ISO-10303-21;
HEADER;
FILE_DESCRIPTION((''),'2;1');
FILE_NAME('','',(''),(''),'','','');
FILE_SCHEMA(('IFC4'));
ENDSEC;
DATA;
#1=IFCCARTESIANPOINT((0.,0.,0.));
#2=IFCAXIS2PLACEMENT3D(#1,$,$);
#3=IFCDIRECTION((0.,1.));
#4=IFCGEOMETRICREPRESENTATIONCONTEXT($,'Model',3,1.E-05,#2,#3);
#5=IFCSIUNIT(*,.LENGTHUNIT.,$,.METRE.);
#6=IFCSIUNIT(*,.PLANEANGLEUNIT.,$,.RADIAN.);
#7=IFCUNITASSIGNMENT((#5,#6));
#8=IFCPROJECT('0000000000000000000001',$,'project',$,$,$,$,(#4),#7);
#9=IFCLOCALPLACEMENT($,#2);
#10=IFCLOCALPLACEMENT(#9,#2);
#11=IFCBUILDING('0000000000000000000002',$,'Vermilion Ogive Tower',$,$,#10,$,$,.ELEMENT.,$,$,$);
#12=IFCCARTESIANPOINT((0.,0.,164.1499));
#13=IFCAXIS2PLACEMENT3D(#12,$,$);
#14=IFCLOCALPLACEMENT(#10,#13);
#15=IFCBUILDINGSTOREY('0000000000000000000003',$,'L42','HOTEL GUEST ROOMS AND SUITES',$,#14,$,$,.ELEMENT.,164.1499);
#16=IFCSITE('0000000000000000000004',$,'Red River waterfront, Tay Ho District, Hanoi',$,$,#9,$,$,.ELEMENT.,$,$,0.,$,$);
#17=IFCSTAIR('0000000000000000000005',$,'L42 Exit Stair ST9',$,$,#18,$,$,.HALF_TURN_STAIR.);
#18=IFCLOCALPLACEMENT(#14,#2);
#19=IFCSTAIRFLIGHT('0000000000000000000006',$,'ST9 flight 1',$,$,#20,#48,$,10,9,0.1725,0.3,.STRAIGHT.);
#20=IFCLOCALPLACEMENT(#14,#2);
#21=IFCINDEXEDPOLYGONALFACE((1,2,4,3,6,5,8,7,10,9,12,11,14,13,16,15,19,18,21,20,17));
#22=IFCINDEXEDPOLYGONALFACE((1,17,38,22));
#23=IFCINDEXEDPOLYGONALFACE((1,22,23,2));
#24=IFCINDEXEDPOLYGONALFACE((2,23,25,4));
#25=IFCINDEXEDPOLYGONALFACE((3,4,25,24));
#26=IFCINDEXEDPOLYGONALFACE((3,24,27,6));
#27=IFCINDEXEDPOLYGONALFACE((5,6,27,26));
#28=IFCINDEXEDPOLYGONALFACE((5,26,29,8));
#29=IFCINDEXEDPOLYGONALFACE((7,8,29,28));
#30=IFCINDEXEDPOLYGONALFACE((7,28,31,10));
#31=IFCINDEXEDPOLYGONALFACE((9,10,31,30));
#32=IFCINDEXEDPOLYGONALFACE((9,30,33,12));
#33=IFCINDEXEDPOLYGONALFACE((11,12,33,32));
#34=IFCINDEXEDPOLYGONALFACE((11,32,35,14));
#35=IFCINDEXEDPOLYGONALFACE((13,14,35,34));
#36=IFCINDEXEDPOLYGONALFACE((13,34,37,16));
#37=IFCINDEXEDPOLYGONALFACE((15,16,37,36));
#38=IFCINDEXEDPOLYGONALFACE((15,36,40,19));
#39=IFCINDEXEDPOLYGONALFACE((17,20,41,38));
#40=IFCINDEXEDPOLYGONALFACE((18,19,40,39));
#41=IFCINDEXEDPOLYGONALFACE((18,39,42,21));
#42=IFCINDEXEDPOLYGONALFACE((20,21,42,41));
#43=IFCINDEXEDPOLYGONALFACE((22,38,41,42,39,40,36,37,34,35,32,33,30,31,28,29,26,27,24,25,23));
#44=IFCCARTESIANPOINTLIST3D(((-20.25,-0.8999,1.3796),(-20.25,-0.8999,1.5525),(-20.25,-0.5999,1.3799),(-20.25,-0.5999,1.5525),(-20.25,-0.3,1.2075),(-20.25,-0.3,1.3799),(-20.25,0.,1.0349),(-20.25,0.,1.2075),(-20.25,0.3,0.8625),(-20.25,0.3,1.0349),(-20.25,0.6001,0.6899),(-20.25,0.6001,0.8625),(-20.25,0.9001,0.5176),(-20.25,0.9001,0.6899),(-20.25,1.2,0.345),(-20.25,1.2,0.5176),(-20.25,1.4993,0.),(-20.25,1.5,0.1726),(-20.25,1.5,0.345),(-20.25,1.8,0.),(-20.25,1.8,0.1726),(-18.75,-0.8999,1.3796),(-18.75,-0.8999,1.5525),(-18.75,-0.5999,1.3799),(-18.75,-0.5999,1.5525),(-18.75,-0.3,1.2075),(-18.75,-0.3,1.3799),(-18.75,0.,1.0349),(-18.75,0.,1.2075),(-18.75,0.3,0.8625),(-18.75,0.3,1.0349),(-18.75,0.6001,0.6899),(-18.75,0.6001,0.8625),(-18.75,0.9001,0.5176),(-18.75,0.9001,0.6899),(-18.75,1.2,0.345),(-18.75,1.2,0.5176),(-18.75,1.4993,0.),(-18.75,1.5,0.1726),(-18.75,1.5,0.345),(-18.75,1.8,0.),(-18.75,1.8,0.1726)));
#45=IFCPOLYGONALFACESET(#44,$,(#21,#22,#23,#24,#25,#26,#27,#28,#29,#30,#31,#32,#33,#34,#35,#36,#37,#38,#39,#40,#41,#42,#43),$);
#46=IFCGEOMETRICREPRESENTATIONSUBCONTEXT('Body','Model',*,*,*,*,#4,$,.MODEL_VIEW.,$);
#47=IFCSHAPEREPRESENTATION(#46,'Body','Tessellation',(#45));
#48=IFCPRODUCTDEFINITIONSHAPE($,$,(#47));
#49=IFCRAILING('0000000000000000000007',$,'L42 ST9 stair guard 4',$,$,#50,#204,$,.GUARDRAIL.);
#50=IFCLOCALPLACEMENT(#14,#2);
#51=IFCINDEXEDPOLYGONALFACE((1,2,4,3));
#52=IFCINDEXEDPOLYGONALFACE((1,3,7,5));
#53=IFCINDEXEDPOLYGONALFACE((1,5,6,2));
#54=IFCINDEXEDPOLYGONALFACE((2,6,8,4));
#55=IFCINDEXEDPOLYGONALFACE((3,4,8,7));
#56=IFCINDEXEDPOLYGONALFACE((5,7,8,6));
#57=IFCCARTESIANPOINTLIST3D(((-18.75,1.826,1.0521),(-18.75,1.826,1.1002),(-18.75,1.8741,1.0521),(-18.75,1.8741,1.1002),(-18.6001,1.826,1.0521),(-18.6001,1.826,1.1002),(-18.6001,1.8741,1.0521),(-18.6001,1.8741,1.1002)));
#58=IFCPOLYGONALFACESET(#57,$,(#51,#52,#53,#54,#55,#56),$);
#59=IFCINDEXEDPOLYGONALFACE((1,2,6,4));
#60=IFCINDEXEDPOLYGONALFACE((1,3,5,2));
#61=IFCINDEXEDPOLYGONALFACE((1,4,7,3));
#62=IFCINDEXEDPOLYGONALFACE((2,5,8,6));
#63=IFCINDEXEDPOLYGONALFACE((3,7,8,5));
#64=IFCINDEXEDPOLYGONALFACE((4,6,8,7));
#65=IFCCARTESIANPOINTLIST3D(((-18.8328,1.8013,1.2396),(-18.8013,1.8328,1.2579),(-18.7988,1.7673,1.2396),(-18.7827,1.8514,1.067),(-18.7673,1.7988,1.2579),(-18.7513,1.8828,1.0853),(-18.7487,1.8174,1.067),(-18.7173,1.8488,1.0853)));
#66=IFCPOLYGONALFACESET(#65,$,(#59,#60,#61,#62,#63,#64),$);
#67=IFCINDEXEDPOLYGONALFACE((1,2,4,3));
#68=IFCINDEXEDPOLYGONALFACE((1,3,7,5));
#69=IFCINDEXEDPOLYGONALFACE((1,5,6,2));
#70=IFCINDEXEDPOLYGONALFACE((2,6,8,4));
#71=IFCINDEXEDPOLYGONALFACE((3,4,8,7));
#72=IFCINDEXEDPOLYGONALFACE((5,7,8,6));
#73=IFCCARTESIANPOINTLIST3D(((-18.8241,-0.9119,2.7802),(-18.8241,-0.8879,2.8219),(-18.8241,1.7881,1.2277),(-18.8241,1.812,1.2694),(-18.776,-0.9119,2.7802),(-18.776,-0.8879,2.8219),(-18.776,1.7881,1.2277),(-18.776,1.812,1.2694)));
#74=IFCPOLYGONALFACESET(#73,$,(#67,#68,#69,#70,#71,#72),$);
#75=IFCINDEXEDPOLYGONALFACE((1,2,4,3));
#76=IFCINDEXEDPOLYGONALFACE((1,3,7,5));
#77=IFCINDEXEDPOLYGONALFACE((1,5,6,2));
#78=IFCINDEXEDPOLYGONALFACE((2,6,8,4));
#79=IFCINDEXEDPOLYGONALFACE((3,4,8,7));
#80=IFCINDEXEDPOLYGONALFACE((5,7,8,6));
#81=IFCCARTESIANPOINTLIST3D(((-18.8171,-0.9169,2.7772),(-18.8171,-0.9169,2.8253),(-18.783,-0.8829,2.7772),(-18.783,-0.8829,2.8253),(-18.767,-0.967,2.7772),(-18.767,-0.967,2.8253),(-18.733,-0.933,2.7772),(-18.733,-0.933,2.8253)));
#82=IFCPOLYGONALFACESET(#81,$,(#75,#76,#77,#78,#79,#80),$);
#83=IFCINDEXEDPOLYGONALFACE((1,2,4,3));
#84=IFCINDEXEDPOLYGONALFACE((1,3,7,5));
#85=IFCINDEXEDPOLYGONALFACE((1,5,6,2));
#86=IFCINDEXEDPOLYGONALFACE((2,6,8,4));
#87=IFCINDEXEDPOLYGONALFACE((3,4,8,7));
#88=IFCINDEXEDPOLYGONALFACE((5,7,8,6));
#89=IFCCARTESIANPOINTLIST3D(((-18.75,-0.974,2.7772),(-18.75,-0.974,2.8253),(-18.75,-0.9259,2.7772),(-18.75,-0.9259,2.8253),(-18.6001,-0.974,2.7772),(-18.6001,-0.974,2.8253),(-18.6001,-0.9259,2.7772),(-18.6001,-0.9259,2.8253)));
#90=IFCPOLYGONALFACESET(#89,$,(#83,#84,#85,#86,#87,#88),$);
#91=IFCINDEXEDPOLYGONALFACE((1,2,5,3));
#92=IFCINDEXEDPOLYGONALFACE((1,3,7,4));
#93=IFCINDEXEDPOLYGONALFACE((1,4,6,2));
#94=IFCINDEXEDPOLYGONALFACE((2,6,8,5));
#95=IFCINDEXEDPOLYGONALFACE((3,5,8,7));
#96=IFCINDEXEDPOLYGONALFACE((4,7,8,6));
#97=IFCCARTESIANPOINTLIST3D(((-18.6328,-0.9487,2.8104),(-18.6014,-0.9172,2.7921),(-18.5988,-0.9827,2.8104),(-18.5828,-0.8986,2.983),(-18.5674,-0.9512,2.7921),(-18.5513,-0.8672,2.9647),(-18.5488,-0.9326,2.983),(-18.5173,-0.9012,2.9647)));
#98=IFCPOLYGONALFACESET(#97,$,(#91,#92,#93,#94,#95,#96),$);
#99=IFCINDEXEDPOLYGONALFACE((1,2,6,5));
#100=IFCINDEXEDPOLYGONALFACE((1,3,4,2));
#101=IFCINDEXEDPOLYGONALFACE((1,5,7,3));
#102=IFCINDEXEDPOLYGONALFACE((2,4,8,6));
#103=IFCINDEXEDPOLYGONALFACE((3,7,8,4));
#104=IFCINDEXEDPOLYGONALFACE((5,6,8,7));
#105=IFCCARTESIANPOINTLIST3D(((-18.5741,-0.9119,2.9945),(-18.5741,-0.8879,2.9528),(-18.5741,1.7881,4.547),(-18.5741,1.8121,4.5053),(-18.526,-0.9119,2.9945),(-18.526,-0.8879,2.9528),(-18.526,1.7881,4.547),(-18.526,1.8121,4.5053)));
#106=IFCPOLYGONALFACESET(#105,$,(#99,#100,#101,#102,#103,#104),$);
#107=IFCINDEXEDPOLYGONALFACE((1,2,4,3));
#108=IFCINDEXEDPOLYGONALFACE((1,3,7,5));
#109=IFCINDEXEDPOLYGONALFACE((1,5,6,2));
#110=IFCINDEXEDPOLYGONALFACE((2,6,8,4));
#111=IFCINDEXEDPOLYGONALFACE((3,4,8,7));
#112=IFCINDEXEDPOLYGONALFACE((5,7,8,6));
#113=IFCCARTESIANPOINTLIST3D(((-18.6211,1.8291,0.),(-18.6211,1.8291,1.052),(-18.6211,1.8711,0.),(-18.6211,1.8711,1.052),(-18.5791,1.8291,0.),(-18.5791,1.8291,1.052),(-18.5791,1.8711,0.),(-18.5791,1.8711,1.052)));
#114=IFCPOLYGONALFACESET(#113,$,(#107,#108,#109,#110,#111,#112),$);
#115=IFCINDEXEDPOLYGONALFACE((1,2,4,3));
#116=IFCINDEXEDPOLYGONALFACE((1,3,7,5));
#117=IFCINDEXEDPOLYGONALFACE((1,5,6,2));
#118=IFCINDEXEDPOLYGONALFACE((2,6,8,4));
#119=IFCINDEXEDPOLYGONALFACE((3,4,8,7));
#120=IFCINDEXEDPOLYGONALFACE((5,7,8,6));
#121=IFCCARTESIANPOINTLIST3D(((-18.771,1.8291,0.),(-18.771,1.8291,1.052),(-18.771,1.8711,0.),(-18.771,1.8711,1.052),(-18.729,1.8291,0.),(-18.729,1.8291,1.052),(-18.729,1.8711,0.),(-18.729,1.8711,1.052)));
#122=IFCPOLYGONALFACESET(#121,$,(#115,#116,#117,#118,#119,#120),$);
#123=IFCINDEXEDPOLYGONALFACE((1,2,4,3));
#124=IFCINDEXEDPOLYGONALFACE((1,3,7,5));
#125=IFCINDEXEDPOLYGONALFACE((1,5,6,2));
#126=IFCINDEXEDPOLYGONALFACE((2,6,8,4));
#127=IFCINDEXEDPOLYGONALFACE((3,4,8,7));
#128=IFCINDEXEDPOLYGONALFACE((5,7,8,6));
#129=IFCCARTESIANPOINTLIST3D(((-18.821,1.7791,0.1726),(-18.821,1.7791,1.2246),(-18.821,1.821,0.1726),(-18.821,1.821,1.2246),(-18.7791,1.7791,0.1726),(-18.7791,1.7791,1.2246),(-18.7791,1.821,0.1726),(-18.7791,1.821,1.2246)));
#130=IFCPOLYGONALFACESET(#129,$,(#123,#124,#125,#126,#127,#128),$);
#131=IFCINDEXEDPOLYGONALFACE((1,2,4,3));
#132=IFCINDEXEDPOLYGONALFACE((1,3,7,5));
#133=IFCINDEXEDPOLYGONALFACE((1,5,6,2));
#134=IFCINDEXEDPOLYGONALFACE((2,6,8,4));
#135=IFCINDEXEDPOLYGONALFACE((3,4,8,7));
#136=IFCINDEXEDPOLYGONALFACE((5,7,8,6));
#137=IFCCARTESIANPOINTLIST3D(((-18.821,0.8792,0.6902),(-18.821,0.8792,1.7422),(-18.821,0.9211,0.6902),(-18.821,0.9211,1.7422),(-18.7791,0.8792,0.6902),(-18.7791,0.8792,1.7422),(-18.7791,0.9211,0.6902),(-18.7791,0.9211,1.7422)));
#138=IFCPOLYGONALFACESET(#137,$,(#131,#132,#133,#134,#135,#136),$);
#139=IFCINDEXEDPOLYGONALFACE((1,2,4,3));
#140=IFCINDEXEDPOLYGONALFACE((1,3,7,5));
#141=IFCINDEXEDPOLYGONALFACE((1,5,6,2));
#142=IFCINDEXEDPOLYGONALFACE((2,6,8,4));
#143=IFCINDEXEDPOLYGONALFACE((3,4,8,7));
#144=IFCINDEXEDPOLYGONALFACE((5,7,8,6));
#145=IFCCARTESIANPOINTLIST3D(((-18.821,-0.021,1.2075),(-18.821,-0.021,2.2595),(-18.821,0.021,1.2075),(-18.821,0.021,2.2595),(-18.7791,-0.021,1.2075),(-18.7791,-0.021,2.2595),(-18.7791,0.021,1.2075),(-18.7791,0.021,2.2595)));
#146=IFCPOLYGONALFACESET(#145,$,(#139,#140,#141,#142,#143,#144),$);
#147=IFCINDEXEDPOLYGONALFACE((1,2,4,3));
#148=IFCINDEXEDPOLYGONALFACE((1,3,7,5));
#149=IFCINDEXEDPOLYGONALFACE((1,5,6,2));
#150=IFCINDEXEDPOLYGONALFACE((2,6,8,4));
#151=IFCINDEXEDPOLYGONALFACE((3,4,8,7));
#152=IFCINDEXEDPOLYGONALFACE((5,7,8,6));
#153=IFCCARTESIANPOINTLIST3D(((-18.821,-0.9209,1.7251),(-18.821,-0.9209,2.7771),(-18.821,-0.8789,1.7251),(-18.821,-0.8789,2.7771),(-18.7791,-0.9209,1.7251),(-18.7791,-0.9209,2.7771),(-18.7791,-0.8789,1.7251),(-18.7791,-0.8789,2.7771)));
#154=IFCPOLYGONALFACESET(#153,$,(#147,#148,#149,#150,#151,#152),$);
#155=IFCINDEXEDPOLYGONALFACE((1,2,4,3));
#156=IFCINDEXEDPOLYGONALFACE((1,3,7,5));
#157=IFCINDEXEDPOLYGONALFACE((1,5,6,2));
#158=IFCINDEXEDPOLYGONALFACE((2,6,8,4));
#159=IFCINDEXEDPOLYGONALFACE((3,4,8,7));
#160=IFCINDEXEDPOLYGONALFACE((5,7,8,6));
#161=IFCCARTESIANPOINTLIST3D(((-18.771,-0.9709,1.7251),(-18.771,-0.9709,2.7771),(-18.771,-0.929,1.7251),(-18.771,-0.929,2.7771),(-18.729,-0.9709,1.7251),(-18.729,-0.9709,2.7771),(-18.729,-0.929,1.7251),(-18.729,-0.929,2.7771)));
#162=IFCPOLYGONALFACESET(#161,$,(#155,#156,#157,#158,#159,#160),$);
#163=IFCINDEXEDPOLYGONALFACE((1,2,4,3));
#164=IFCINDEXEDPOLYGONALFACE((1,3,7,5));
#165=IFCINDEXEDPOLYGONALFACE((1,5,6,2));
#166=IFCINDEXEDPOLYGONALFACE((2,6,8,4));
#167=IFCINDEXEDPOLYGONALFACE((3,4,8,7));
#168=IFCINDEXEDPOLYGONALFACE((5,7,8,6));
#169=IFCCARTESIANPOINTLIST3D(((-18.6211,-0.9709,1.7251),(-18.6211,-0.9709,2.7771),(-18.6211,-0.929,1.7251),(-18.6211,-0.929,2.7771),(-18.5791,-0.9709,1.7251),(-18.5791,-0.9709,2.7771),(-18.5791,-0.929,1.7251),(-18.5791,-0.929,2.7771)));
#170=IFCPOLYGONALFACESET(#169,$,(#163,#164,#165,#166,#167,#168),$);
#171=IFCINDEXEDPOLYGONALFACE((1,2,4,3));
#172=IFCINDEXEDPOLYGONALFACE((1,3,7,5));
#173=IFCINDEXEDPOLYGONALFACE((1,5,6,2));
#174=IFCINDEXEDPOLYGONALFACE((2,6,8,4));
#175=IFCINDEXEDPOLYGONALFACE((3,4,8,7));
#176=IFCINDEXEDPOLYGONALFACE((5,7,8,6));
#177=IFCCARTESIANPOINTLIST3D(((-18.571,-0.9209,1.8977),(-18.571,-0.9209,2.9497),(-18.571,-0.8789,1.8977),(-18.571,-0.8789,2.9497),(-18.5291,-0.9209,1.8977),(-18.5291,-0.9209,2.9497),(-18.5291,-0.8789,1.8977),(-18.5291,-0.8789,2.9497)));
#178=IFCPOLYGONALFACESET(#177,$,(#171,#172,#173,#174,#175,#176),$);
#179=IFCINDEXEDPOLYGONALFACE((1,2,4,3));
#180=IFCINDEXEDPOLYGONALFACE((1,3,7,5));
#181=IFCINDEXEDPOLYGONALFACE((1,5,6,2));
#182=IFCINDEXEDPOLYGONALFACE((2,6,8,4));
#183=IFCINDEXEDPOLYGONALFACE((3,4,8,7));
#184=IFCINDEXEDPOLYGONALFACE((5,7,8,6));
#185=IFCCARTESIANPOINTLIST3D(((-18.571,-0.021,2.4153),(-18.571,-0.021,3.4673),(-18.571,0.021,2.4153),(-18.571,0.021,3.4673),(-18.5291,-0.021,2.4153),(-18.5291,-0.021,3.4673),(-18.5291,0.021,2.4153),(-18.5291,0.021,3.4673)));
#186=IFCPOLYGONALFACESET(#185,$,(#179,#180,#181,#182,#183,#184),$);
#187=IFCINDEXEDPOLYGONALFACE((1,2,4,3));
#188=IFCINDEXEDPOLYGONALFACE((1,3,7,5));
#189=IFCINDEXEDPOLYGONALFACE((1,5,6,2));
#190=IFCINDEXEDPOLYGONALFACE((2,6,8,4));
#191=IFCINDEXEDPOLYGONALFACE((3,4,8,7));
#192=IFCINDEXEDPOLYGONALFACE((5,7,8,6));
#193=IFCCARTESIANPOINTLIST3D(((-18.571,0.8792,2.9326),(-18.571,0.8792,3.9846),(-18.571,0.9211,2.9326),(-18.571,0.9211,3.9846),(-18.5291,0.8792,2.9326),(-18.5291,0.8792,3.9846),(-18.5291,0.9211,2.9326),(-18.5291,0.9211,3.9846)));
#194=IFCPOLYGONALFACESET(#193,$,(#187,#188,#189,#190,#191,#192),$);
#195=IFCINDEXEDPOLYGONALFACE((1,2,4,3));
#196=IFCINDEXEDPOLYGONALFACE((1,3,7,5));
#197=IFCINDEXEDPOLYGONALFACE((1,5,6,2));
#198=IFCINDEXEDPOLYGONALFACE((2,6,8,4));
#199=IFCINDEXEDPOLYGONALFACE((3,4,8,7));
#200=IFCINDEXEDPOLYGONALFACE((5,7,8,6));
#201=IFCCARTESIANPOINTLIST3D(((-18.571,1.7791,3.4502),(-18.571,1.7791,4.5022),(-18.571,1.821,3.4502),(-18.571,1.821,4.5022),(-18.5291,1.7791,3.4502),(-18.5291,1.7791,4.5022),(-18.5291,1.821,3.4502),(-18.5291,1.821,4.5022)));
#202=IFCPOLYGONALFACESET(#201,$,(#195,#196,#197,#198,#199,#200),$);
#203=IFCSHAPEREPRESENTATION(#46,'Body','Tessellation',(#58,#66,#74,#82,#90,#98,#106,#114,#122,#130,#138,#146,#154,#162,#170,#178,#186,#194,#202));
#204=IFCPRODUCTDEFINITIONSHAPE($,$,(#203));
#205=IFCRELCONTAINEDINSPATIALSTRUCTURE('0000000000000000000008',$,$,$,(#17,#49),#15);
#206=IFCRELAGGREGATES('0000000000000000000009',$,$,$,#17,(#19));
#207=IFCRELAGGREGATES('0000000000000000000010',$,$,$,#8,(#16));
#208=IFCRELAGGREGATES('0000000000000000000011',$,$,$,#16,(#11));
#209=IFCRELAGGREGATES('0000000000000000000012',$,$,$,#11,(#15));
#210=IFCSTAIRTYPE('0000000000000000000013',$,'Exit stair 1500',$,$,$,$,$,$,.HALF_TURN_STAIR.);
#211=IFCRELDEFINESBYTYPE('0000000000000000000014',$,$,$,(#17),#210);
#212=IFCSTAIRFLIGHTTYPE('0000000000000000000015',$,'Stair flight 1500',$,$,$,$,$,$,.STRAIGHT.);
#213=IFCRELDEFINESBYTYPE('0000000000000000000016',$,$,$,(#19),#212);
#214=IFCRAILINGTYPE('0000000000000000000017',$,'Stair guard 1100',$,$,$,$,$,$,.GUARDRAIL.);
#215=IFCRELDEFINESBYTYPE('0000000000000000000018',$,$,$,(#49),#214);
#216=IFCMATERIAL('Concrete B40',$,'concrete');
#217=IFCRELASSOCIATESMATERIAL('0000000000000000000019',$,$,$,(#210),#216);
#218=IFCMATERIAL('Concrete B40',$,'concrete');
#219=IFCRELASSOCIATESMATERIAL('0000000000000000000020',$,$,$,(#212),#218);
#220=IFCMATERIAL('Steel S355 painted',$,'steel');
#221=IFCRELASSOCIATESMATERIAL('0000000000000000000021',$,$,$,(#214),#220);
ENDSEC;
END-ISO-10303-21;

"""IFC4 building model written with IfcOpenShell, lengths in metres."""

from ifc_helpers import new_model, si_unit, direction, frame, origin, origin_2d, place, context, subcontext, project, spatial, polyline, rectangle, outline, extrude, material, type_object, element, aggregate, save


model = new_model("IFC4")

# Units and contexts
model_context = context("Model", 3, precision=1e-05, world=origin(), true_north=direction((0.0, 1.0)))
body_context = subcontext(model_context, "Body", "Model", "MODEL_VIEW")
ifc_project = project(units=[si_unit("LENGTHUNIT", "METRE"), si_unit("PLANEANGLEUNIT", "RADIAN")], contexts=[model_context])

# Site, building, storey
site_placement = place(None, origin())
site = spatial("IfcSite", under=ifc_project, at=site_placement, Name="Red River waterfront, Tay Ho District, Hanoi", CompositionType="ELEMENT", RefElevation=0.0)
building_placement = place(site_placement, origin())
building = spatial("IfcBuilding", under=site, at=building_placement, Name="Vermilion Ogive Tower", CompositionType="ELEMENT")
storey_placement = place(building_placement, frame((0.0, 0.0, 164.1499)))
storey = spatial("IfcBuildingStorey", under=building, at=storey_placement, Name="L42", Description="HOTEL GUEST ROOMS AND SUITES", CompositionType="ELEMENT", Elevation=164.1499)

# Stair, stair flight
ifc_material_1 = material(Name="Concrete B40", Category="concrete")
stair_type = type_object("IfcStairType", Name="Exit stair 1500", PredefinedType="HALF_TURN_STAIR", material=ifc_material_1)
stair_placement = place(storey_placement, origin())
stair = element("IfcStair", 1, at=stair_placement, inside=storey, type_object=stair_type, Name="L42 Exit Stair ST9", PredefinedType="HALF_TURN_STAIR")
ifc_material_2 = material(Name="Concrete B40", Category="concrete")
stair_flight_type = type_object("IfcStairFlightType", Name="Stair flight 1500", PredefinedType="STRAIGHT", material=ifc_material_2)
stair_flight_placement = place(storey_placement, frame((-19.5, 1.8, 0.0), z_axis=(0.0, 0.0, 1.0), x_axis=(0.0, -1.0, 0.0)))
stair_flight = element("IfcStairFlight", 2, at=stair_flight_placement, type_object=stair_flight_type, Name="ST9 flight 1", NumberOfRisers=10, NumberOfTreads=9, PredefinedType="STRAIGHT", RiserHeight=0.1725, TreadLength=0.3, context=body_context, shape_type="SweptSolid", body=[
    extrude(outline(polyline([(0.0, 0.0), (0.0, 0.1726), (0.3, 0.1726), (0.3, 0.345), (0.6001, 0.345), (0.6001, 0.5176), (0.8999, 0.5176), (0.8999, 0.6899), (1.2, 0.6899), (1.2, 0.8625), (1.5, 0.8625), (1.5, 1.0349), (1.8, 1.0349), (1.8, 1.2075), (2.1001, 1.2075), (2.1001, 1.3799), (2.3999, 1.3799), (2.3999, 1.5525), (2.7, 1.5525), (2.7, 1.7251), (2.7, 1.3796), (0.3008, 0.0), (0.0, 0.0)])), frame((0.0, 0.75, 0.0), z_axis=(0.0, -1.0, 0.0), x_axis=(1.0, 0.0, 0.0)), (0.0, 0.0, 1.0), 1.5),
])
aggregate(stair, [stair_flight])

# Railing
ifc_material_3 = material(Name="Steel S355 painted", Category="steel")
railing_type_1 = type_object("IfcRailingType", Name="Stair guard 1100", PredefinedType="GUARDRAIL", material=ifc_material_3)
railing_1_placement = place(storey_placement, frame((-18.6001, 1.8501, 0.0)))
element("IfcRailing", 3, at=railing_1_placement, inside=storey, type_object=railing_type_1, Name="L42 ST9 stair guard 4", PredefinedType="GUARDRAIL", context=body_context, shape_type="SweptSolid", body=[
    extrude(rectangle(XDim=0.0481, YDim=0.0481, at=origin_2d()), frame((0.0, 0.0, 1.0762), z_axis=(-1.0, 0.0, 0.0), x_axis=(0.0, -1.0, 0.0)), (0.0, 0.0, 1.0), 0.1499),
    extrude(rectangle(XDim=0.0481, YDim=0.0481, at=origin_2d()), frame((-0.1499, 0.0, 1.0762), z_axis=(-0.268278, -0.268278, 0.925232), x_axis=(0.707107, -0.707107, 0.0)), (0.0, 0.0, 1.0), 0.1865),
    extrude(rectangle(XDim=0.0481, YDim=0.0481, at=origin_2d()), frame((-0.2, -0.05, 1.2485), z_axis=(0.0, -0.866904, 0.498476), x_axis=(1.0, 0.0, 0.0)), (0.0, 0.0, 1.0), 3.1145),
    extrude(rectangle(XDim=0.0481, YDim=0.0481, at=origin_2d()), frame((-0.2, -2.75, 2.8013), z_axis=(0.707107, -0.707107, 0.0), x_axis=(0.707107, 0.707107, 0.0)), (0.0, 0.0, 1.0), 0.0708),
    extrude(rectangle(XDim=0.0481, YDim=0.0481, at=origin_2d()), frame((-0.1499, -2.8, 2.8013), z_axis=(1.0, 0.0, 0.0), x_axis=(0.0, 1.0, 0.0)), (0.0, 0.0, 1.0), 0.1499),
    extrude(rectangle(XDim=0.0481, YDim=0.0481, at=origin_2d()), frame((0.0, -2.8, 2.8013), z_axis=(0.268278, 0.268278, 0.925232), x_axis=(-0.707107, 0.707107, 0.0)), (0.0, 0.0, 1.0), 0.1865),
    extrude(rectangle(XDim=0.0481, YDim=0.0481, at=origin_2d()), frame((0.05, -2.75, 2.9736), z_axis=(0.0, 0.866904, 0.498476), x_axis=(-1.0, 0.0, 0.0)), (0.0, 0.0, 1.0), 3.1145),
    extrude(rectangle(XDim=0.042, YDim=0.042, at=origin_2d()), origin(), (0.0, 0.0, 1.0), 1.052),
    extrude(rectangle(XDim=0.042, YDim=0.042, at=origin_2d()), frame((-0.1499, 0.0, 0.0)), (0.0, 0.0, 1.0), 1.052),
    extrude(rectangle(XDim=0.042, YDim=0.042, at=origin_2d()), frame((-0.2, -0.05, 0.1726)), (0.0, 0.0, 1.0), 1.052),
    extrude(rectangle(XDim=0.042, YDim=0.042, at=origin_2d()), frame((-0.2, -0.95, 0.6902)), (0.0, 0.0, 1.0), 1.052),
    extrude(rectangle(XDim=0.042, YDim=0.042, at=origin_2d()), frame((-0.2, -1.8501, 1.2075)), (0.0, 0.0, 1.0), 1.052),
    extrude(rectangle(XDim=0.042, YDim=0.042, at=origin_2d()), frame((-0.2, -2.75, 1.7251)), (0.0, 0.0, 1.0), 1.052),
    extrude(rectangle(XDim=0.042, YDim=0.042, at=origin_2d()), frame((-0.1499, -2.8, 1.7251)), (0.0, 0.0, 1.0), 1.052),
    extrude(rectangle(XDim=0.042, YDim=0.042, at=origin_2d()), frame((0.0, -2.8, 1.7251)), (0.0, 0.0, 1.0), 1.052),
    extrude(rectangle(XDim=0.042, YDim=0.042, at=origin_2d()), frame((0.05, -2.75, 1.8977)), (0.0, 0.0, 1.0), 1.052),
    extrude(rectangle(XDim=0.042, YDim=0.042, at=origin_2d()), frame((0.05, -1.8501, 2.4153)), (0.0, 0.0, 1.0), 1.052),
    extrude(rectangle(XDim=0.042, YDim=0.042, at=origin_2d()), frame((0.05, -0.95, 2.9326)), (0.0, 0.0, 1.0), 1.052),
    extrude(rectangle(XDim=0.042, YDim=0.042, at=origin_2d()), frame((0.05, -0.05, 3.4502)), (0.0, 0.0, 1.0), 1.052),
])

save(model, "model.ifc")
